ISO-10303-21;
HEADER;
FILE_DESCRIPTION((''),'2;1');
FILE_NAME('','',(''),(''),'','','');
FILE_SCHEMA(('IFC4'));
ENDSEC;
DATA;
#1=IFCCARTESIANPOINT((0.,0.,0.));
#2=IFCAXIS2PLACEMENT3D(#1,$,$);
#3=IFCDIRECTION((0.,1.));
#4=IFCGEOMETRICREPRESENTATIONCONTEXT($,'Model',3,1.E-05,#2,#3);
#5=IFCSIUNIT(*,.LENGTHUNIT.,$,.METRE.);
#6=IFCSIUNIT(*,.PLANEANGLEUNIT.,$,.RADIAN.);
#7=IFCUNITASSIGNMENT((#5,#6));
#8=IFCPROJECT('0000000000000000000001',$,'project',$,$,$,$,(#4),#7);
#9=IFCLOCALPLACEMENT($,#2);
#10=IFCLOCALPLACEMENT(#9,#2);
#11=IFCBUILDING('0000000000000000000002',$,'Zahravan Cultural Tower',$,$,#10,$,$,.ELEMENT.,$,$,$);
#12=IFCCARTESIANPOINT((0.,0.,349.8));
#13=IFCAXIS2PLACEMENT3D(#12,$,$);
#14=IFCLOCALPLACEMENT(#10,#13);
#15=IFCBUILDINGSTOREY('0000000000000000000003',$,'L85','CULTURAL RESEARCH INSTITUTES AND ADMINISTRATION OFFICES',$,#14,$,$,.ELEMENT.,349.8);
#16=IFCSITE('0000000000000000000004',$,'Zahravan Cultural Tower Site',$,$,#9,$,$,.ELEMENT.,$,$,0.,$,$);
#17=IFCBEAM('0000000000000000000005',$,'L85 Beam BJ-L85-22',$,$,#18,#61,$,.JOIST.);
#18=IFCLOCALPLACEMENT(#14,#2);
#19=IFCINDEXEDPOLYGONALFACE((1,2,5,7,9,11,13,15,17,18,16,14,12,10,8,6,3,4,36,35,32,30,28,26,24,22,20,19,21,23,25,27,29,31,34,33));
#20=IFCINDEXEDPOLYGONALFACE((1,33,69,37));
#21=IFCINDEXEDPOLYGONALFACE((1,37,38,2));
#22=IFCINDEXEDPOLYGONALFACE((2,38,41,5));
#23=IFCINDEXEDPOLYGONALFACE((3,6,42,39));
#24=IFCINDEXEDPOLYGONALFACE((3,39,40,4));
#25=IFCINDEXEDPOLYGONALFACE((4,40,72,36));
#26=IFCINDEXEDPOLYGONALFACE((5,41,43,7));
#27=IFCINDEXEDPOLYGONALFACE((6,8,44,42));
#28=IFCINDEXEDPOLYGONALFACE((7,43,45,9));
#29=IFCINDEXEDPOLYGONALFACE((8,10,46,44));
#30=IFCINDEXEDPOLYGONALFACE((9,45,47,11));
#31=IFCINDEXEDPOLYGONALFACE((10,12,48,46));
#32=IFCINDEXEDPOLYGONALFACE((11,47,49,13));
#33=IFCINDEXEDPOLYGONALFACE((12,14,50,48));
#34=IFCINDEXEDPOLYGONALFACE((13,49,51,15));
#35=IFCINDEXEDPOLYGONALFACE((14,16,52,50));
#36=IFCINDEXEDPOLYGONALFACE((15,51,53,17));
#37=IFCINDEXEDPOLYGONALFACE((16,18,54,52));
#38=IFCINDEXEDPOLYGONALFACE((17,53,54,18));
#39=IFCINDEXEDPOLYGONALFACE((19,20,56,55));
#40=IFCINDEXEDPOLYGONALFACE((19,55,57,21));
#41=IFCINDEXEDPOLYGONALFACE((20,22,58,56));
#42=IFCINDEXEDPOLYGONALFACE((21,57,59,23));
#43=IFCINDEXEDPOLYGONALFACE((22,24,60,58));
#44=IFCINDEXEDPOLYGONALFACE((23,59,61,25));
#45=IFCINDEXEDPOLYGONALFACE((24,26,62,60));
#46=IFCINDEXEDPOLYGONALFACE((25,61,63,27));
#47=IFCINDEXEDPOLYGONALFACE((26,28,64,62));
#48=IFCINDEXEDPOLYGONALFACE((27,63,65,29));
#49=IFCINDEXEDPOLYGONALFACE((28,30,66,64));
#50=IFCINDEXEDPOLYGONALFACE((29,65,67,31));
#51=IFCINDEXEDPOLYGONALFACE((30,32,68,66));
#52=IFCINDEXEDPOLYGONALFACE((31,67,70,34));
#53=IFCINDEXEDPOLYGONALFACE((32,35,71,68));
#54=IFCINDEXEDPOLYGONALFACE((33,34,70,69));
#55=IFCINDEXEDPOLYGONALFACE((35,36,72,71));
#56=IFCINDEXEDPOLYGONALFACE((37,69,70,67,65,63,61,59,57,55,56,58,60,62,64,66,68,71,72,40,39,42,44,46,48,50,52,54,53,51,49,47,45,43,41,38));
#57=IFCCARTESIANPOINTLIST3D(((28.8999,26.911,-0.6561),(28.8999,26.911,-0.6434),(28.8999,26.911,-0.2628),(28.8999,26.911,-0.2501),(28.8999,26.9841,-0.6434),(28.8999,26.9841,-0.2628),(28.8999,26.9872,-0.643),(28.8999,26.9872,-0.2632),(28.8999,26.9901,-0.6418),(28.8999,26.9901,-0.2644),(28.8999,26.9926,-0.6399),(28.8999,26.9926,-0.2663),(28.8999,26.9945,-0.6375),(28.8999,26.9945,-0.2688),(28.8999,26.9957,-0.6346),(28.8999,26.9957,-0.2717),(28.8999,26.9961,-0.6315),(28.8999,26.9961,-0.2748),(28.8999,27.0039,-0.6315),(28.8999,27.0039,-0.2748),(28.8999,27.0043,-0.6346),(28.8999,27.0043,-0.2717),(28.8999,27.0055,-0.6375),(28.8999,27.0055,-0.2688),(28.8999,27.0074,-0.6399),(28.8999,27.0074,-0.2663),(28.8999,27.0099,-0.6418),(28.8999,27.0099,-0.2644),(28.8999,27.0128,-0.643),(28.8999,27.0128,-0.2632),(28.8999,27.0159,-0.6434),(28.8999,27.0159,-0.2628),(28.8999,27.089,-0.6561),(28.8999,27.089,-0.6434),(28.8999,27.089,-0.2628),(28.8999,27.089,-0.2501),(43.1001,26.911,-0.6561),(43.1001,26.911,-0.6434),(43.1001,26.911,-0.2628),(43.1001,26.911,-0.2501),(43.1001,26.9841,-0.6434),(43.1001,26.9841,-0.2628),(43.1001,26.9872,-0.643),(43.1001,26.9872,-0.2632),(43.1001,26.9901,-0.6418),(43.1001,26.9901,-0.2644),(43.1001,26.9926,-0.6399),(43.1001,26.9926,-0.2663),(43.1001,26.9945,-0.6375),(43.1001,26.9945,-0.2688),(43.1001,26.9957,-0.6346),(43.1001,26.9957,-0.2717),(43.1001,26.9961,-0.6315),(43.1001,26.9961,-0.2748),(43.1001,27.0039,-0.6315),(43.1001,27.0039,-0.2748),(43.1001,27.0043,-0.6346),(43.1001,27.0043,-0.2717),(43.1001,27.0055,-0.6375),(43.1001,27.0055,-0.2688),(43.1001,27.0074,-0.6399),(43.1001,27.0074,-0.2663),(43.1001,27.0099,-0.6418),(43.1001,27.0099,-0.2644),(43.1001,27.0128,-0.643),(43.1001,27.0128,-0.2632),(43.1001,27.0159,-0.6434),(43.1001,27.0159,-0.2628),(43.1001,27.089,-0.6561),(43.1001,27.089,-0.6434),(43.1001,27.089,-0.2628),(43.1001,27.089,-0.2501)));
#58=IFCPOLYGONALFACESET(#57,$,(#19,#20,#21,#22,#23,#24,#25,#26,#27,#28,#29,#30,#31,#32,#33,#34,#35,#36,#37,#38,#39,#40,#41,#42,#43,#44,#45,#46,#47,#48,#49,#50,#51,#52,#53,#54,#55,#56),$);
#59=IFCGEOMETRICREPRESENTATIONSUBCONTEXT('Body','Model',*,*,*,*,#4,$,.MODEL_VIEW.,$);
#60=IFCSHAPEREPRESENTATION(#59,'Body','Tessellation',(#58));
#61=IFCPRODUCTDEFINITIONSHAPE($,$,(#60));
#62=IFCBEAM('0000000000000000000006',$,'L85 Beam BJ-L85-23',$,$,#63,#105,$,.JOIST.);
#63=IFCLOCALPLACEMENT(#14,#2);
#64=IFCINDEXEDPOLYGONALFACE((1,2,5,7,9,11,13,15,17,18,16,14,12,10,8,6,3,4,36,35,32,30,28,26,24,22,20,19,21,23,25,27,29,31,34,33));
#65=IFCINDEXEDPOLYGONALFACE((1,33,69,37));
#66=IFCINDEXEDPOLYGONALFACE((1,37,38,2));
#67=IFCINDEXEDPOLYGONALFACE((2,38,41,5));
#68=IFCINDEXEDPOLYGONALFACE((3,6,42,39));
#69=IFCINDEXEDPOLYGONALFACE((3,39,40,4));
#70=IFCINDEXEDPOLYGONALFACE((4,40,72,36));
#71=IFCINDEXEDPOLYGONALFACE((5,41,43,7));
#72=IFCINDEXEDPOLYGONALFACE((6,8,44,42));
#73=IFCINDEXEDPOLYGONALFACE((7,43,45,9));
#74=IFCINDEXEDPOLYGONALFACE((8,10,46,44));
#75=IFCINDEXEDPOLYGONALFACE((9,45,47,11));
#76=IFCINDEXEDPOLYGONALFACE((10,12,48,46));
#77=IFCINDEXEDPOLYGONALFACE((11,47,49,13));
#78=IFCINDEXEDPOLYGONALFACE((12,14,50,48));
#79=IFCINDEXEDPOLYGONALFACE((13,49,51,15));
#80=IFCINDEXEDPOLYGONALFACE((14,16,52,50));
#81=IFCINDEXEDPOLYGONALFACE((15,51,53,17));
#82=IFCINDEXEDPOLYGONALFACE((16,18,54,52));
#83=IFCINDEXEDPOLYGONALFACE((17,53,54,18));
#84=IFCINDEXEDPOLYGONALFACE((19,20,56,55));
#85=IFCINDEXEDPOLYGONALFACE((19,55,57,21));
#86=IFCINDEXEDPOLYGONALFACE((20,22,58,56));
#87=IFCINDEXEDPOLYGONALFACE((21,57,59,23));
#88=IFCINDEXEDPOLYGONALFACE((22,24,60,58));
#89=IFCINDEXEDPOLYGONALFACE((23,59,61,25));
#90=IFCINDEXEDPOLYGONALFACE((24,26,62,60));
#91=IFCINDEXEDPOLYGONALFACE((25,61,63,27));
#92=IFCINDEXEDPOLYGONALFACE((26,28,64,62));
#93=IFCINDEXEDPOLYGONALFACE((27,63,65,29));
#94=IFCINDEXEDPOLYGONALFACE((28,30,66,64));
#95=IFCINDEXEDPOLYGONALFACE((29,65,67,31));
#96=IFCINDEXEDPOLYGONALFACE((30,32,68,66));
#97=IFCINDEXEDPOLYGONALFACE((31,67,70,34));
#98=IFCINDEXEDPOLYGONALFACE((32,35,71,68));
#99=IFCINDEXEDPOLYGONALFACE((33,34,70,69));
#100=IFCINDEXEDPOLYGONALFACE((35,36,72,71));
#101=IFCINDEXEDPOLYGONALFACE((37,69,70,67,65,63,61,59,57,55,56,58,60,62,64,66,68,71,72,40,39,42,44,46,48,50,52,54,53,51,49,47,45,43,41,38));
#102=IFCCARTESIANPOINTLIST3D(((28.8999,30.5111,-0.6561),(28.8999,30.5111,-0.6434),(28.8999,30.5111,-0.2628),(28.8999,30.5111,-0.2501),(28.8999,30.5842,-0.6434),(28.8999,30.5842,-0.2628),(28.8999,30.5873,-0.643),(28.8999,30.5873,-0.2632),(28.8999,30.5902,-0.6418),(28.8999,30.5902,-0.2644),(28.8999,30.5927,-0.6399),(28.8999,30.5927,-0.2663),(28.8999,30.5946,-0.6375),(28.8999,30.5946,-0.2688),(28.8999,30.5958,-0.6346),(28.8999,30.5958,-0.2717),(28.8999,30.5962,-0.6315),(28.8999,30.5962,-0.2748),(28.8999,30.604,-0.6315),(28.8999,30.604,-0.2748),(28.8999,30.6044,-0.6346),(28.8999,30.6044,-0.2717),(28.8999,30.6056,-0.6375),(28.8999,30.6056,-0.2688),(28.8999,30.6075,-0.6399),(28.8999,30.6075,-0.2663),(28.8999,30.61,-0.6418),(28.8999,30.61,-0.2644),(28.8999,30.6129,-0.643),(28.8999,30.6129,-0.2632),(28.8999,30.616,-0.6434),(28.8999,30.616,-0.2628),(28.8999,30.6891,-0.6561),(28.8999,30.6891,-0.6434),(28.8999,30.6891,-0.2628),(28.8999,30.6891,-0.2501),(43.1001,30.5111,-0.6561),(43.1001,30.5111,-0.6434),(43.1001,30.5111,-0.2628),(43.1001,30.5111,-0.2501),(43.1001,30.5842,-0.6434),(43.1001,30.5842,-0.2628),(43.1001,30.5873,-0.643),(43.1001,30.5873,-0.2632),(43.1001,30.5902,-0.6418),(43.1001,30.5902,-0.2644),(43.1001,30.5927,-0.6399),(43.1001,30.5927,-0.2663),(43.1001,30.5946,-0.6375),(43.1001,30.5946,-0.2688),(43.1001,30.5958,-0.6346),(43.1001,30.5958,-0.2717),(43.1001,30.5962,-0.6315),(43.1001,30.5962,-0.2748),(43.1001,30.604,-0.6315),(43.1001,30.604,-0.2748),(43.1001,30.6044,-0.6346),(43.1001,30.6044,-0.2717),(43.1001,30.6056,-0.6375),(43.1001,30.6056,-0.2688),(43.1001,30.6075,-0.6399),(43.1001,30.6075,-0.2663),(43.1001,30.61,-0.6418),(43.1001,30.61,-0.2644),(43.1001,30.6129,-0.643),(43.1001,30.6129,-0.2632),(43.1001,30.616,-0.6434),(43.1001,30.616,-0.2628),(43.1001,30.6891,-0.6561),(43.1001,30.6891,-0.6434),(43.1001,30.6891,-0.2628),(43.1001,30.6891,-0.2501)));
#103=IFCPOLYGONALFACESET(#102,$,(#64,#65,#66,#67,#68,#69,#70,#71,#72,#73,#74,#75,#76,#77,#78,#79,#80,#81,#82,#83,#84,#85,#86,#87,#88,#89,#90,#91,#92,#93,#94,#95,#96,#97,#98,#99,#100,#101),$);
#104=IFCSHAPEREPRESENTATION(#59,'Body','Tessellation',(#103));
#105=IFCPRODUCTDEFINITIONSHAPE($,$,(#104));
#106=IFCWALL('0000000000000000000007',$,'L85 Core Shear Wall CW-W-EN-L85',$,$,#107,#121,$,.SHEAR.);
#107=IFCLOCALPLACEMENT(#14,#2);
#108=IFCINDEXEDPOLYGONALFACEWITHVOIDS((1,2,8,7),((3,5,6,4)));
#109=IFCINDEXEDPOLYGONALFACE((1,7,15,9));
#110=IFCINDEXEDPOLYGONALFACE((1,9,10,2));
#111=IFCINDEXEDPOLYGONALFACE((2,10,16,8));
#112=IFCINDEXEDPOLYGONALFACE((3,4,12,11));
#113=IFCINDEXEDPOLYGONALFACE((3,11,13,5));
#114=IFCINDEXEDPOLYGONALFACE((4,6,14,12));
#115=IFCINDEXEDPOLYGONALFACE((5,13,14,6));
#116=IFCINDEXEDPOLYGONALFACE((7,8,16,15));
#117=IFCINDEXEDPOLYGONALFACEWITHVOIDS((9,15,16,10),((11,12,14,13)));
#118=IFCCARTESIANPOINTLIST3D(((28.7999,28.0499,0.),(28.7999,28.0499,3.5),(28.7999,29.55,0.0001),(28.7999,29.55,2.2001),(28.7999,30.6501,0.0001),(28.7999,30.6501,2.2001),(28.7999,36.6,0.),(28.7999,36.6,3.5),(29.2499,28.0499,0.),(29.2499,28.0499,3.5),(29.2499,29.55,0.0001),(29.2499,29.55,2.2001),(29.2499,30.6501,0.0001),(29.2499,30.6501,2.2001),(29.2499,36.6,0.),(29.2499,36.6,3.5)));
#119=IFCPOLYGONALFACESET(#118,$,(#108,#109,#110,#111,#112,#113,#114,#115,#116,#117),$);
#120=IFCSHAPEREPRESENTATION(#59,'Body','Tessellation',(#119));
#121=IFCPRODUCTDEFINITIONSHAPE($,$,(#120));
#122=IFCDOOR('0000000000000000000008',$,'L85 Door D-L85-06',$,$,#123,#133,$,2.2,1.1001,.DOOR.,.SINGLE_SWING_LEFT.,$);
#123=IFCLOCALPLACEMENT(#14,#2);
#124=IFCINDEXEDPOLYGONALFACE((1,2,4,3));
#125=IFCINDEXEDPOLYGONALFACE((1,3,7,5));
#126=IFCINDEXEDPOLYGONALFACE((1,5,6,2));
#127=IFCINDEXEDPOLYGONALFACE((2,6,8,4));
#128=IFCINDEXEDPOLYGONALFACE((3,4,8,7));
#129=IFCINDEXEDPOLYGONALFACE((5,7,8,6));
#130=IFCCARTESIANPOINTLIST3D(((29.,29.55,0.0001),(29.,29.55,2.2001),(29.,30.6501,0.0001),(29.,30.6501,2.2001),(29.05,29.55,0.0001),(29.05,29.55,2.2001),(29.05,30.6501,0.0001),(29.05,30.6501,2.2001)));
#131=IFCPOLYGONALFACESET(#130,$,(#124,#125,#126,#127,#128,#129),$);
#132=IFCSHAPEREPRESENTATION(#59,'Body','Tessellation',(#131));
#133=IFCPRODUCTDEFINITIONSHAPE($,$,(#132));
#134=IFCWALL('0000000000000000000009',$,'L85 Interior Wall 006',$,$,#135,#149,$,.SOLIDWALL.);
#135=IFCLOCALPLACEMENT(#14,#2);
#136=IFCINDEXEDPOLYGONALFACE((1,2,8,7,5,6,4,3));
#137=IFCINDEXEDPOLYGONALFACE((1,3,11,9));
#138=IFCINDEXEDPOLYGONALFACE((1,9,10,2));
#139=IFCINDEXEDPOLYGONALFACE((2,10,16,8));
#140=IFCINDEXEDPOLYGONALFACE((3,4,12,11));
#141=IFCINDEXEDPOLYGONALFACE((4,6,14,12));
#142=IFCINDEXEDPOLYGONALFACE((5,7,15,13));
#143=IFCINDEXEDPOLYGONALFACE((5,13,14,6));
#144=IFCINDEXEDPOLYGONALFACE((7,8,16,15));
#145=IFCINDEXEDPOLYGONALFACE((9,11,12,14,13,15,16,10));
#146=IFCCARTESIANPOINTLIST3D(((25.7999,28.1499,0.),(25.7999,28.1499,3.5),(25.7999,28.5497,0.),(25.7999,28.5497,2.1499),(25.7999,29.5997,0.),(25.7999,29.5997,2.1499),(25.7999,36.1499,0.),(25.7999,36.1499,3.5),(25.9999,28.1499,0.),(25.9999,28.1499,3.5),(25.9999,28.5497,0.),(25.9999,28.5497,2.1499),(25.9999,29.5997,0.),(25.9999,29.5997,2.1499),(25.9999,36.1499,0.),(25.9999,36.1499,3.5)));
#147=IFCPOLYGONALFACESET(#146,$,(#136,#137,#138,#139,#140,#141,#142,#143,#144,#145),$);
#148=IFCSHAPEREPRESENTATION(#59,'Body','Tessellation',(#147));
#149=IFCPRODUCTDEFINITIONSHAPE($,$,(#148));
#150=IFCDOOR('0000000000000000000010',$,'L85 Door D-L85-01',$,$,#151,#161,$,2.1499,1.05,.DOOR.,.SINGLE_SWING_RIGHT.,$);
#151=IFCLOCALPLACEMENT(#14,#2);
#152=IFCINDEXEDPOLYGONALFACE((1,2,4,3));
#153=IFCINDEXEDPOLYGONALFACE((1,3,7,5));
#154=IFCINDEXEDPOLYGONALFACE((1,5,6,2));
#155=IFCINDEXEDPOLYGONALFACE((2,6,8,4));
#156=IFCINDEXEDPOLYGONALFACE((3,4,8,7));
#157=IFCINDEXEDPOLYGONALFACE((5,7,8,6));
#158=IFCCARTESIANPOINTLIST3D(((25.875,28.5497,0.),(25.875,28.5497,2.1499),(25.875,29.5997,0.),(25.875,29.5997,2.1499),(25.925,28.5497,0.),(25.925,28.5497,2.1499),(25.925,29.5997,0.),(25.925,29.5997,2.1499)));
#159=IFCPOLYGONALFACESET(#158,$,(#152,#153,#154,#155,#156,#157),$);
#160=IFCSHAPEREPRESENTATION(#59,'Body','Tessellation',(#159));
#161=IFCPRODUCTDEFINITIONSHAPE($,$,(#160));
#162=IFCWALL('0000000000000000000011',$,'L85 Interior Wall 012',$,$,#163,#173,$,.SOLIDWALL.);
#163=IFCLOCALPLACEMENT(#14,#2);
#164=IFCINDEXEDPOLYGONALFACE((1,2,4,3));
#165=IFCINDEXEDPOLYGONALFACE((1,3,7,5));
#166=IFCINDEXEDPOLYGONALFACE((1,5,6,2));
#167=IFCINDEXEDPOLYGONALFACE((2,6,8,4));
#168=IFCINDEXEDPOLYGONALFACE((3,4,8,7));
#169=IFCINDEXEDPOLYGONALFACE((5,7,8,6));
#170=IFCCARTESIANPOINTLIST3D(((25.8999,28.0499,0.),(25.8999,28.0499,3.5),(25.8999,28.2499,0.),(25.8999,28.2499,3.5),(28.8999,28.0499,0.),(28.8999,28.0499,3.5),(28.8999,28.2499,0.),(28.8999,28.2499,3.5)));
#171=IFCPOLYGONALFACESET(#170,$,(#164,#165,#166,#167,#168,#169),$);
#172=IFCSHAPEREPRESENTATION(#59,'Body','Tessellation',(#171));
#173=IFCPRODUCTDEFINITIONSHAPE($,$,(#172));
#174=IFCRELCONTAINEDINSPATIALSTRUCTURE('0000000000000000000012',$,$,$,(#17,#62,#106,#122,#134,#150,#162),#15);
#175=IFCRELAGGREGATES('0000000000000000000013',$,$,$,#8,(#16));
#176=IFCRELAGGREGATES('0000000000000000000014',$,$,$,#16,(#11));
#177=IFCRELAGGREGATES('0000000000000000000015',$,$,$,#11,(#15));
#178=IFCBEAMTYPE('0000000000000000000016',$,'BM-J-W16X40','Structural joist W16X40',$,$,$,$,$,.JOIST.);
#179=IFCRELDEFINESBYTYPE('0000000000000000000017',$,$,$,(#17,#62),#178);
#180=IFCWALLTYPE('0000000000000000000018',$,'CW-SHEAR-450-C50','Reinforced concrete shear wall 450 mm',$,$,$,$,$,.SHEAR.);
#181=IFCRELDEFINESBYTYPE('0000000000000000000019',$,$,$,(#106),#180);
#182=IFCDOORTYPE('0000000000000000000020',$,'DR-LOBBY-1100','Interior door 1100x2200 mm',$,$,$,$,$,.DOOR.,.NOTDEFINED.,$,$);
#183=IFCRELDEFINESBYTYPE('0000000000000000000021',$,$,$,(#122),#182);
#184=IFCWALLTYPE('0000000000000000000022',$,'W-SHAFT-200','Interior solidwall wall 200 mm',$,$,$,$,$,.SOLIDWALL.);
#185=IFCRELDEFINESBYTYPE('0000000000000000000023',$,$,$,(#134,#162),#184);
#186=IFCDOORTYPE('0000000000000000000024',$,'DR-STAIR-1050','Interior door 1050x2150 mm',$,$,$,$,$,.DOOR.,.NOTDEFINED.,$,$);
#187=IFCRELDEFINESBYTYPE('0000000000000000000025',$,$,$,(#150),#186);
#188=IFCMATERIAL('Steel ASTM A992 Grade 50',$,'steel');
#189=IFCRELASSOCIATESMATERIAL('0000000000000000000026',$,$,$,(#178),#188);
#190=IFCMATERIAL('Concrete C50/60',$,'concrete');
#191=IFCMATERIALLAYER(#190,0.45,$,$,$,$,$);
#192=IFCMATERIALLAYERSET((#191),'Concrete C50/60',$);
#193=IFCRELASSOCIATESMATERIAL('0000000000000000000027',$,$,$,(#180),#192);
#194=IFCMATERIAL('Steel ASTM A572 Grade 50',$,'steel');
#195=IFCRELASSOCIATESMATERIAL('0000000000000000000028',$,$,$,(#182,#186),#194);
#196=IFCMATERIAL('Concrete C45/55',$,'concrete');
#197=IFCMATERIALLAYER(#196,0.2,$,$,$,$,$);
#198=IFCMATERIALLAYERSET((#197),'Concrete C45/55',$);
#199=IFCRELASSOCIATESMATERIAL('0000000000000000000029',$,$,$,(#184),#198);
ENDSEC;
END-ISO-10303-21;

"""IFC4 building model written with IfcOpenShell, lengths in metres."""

from ifc_helpers import new_model, si_unit, direction, frame, frame_2d, origin, origin_2d, place, context, subcontext, project, spatial, rectangle, i_section, extrude, source, transform, mapped, material, layer, layer_set, material_profile, profile_set, type_object, element, fill, save


model = new_model("IFC4")

# Units and contexts
model_context = context("Model", 3, precision=1e-05, world=origin(), true_north=direction((0.0, 1.0)))
body_context = subcontext(model_context, "Body", "Model", "MODEL_VIEW")
ifc_project = project(units=[si_unit("LENGTHUNIT", "METRE"), si_unit("PLANEANGLEUNIT", "RADIAN")], contexts=[model_context])

# Site, building, storey
site_placement = place(None, origin())
site = spatial("IfcSite", under=ifc_project, at=site_placement, Name="Zahravan Cultural Tower Site", CompositionType="ELEMENT", RefElevation=0.0)
building_placement = place(site_placement, origin())
building = spatial("IfcBuilding", under=site, at=building_placement, Name="Zahravan Cultural Tower", CompositionType="ELEMENT")
storey_placement = place(building_placement, frame((0.0, 0.0, 349.8)))
storey = spatial("IfcBuildingStorey", under=building, at=storey_placement, Name="L85", Description="CULTURAL RESEARCH INSTITUTES AND ADMINISTRATION OFFICES", CompositionType="ELEMENT", Elevation=349.8)

# Beams
ifc_material_1 = material(Name="Steel ASTM A992 Grade 50", Category="steel")
ifc_material_profile = material_profile(ifc_material_1, i_section(OverallWidth=0.178, OverallDepth=0.406, WebThickness=0.0078, FlangeThickness=0.0127, FilletRadius=0.012, at=origin_2d()), Name="W16X40")
ifc_profile_set = profile_set([ifc_material_profile], Name="Steel ASTM A992 Grade 50")
beam_type = type_object("IfcBeamType", Name="BM-J-W16X40", Description="Structural joist W16X40", PredefinedType="JOIST", material=ifc_profile_set)
shared_shape_1 = source(origin(), body_context, "Body", "SweptSolid", [
    extrude(i_section(OverallWidth=0.178, OverallDepth=0.406, WebThickness=0.0078, FlangeThickness=0.0127, FilletRadius=0.012, at=origin_2d()), origin(), (0.0, 0.0, 1.0), 14.2002),
])
for number, where, z_axis, x_axis, name in (
    (1, (28.8999, 27.0, -0.4531), (1.0, 0.0, 0.0), (0.0, 1.0, 0.0), "L85 Beam BJ-L85-22"),
    (2, (28.8999, 30.6001, -0.4531), (1.0, 0.0, 0.0), (0.0, 1.0, 0.0), "L85 Beam BJ-L85-23"),
):
    element("IfcBeam", number, at=place(storey_placement, frame(where, z_axis=z_axis, x_axis=x_axis)), inside=storey, type_object=beam_type, Name=name, PredefinedType="JOIST", context=body_context, shape_type="MappedRepresentation", body=[
        mapped(shared_shape_1, transform((0.0, 0.0, 0.0), x_axis=(1.0, 0.0, 0.0), y_axis=(0.0, 1.0, 0.0), z_axis=(0.0, 0.0, 1.0), scale=1.0)),
    ])

# Walls, openings, doors
ifc_material_2 = material(Name="Concrete C50/60", Category="concrete")
ifc_layer_1 = layer(ifc_material_2, 0.45)
ifc_layer_set_1 = layer_set([ifc_layer_1], Name="Concrete C50/60")
wall_type_1 = type_object("IfcWallType", Name="CW-SHEAR-450-C50", Description="Reinforced concrete shear wall 450 mm", PredefinedType="SHEAR", material=ifc_layer_set_1)
wall_1_placement = place(storey_placement, frame((29.0249, 28.05, 0.0), z_axis=(0.0, 0.0, 1.0), x_axis=(0.0, 1.0, 0.0)))
wall_1 = element("IfcWall", 3, at=wall_1_placement, inside=storey, type_object=wall_type_1, Name="L85 Core Shear Wall CW-W-EN-L85", PredefinedType="SHEAR", context=body_context, shape_type="SweptSolid", body=[
    extrude(rectangle(XDim=8.55, YDim=0.45, at=frame_2d((4.2749, 0.0))), origin(), (0.0, 0.0, 1.0), 3.5),
])
opening_1_placement = place(wall_1_placement, frame((1.5, 0.0, 0.0)))
opening_1 = element("IfcOpeningElement", 4, at=opening_1_placement, cuts=wall_1, PredefinedType="OPENING", context=body_context, shape_type="SweptSolid", body=[
    extrude(rectangle(XDim=1.1001, YDim=2.2, at=frame_2d((0.55, 1.1001))), frame((0.0, 0.2349, 0.0), z_axis=(0.0, -1.0, 0.0), x_axis=(1.0, 0.0, 0.0)), (0.0, 0.0, 1.0), 0.47),
])
ifc_material_3 = material(Name="Steel ASTM A572 Grade 50", Category="steel")
door_type_1 = type_object("IfcDoorType", Name="DR-LOBBY-1100", Description="Interior door 1100x2200 mm", OperationType="NOTDEFINED", PredefinedType="DOOR", material=ifc_material_3)
shared_shape_2 = source(origin(), body_context, "Body", "SweptSolid", [
    extrude(rectangle(XDim=1.1001, YDim=2.2, at=frame_2d((0.55, 1.1001))), frame((0.0, 0.0249, 0.0), z_axis=(0.0, -1.0, 0.0), x_axis=(1.0, 0.0, 0.0)), (0.0, 0.0, 1.0), 0.05),
])
door_1_placement = place(opening_1_placement, origin())
door_1 = element("IfcDoor", 5, at=door_1_placement, inside=storey, type_object=door_type_1, Name="L85 Door D-L85-06", OperationType="SINGLE_SWING_LEFT", OverallHeight=2.2, OverallWidth=1.1001, PredefinedType="DOOR", context=body_context, shape_type="MappedRepresentation", body=[
    mapped(shared_shape_2, transform((0.0, 0.0, 0.0), x_axis=(1.0, 0.0, 0.0), y_axis=(0.0, 1.0, 0.0), z_axis=(0.0, 0.0, 1.0), scale=1.0)),
])
fill(opening_1, door_1)
ifc_material_4 = material(Name="Concrete C45/55", Category="concrete")
ifc_layer_2 = layer(ifc_material_4, 0.2)
ifc_layer_set_2 = layer_set([ifc_layer_2], Name="Concrete C45/55")
wall_type_2 = type_object("IfcWallType", Name="W-SHAFT-200", Description="Interior solidwall wall 200 mm", PredefinedType="SOLIDWALL", material=ifc_layer_set_2)
wall_2_placement = place(storey_placement, frame((25.8999, 28.1499, 0.0), z_axis=(0.0, 0.0, 1.0), x_axis=(0.0, 1.0, 0.0)))
wall_2 = element("IfcWall", 6, at=wall_2_placement, inside=storey, type_object=wall_type_2, Name="L85 Interior Wall 006", PredefinedType="SOLIDWALL", context=body_context, shape_type="SweptSolid", body=[
    extrude(rectangle(XDim=8.0, YDim=0.2, at=frame_2d((4.0, 0.0))), origin(), (0.0, 0.0, 1.0), 3.5),
])
opening_2_placement = place(wall_2_placement, frame((0.3999, 0.0, 0.0)))
opening_2 = element("IfcOpeningElement", 7, at=opening_2_placement, cuts=wall_2, PredefinedType="OPENING", context=body_context, shape_type="SweptSolid", body=[
    extrude(rectangle(XDim=1.05, YDim=2.1499, at=frame_2d((0.5249, 1.075))), frame((0.0, 0.1099, 0.0), z_axis=(0.0, -1.0, 0.0), x_axis=(1.0, 0.0, 0.0)), (0.0, 0.0, 1.0), 0.22),
])
door_type_2 = type_object("IfcDoorType", Name="DR-STAIR-1050", Description="Interior door 1050x2150 mm", OperationType="NOTDEFINED", PredefinedType="DOOR", material=ifc_material_3)
shared_shape_3 = source(origin(), body_context, "Body", "SweptSolid", [
    extrude(rectangle(XDim=1.05, YDim=2.1499, at=frame_2d((0.5249, 1.075))), frame((0.0, 0.0249, 0.0), z_axis=(0.0, -1.0, 0.0), x_axis=(1.0, 0.0, 0.0)), (0.0, 0.0, 1.0), 0.05),
])
door_2_placement = place(opening_2_placement, origin())
door_2 = element("IfcDoor", 8, at=door_2_placement, inside=storey, type_object=door_type_2, Name="L85 Door D-L85-01", OperationType="SINGLE_SWING_RIGHT", OverallHeight=2.1499, OverallWidth=1.05, PredefinedType="DOOR", context=body_context, shape_type="MappedRepresentation", body=[
    mapped(shared_shape_3, transform((0.0, 0.0, 0.0), x_axis=(1.0, 0.0, 0.0), y_axis=(0.0, 1.0, 0.0), z_axis=(0.0, 0.0, 1.0), scale=1.0)),
])
fill(opening_2, door_2)

# Wall
shared_shape_4 = source(origin(), body_context, "Body", "SweptSolid", [
    extrude(rectangle(XDim=3.0, YDim=0.2, at=frame_2d((1.5, 0.0))), origin(), (0.0, 0.0, 1.0), 3.5),
])
wall_3_placement = place(storey_placement, frame((25.8999, 28.1499, 0.0), z_axis=(0.0, 0.0, 1.0), x_axis=(1.0, 0.0, 0.0)))
element("IfcWall", 9, at=wall_3_placement, inside=storey, type_object=wall_type_2, Name="L85 Interior Wall 012", PredefinedType="SOLIDWALL", context=body_context, shape_type="MappedRepresentation", body=[
    mapped(shared_shape_4, transform((0.0, 0.0, 0.0), x_axis=(1.0, 0.0, 0.0), y_axis=(0.0, 1.0, 0.0), z_axis=(0.0, 0.0, 1.0), scale=1.0)),
])

save(model, "model.ifc")
